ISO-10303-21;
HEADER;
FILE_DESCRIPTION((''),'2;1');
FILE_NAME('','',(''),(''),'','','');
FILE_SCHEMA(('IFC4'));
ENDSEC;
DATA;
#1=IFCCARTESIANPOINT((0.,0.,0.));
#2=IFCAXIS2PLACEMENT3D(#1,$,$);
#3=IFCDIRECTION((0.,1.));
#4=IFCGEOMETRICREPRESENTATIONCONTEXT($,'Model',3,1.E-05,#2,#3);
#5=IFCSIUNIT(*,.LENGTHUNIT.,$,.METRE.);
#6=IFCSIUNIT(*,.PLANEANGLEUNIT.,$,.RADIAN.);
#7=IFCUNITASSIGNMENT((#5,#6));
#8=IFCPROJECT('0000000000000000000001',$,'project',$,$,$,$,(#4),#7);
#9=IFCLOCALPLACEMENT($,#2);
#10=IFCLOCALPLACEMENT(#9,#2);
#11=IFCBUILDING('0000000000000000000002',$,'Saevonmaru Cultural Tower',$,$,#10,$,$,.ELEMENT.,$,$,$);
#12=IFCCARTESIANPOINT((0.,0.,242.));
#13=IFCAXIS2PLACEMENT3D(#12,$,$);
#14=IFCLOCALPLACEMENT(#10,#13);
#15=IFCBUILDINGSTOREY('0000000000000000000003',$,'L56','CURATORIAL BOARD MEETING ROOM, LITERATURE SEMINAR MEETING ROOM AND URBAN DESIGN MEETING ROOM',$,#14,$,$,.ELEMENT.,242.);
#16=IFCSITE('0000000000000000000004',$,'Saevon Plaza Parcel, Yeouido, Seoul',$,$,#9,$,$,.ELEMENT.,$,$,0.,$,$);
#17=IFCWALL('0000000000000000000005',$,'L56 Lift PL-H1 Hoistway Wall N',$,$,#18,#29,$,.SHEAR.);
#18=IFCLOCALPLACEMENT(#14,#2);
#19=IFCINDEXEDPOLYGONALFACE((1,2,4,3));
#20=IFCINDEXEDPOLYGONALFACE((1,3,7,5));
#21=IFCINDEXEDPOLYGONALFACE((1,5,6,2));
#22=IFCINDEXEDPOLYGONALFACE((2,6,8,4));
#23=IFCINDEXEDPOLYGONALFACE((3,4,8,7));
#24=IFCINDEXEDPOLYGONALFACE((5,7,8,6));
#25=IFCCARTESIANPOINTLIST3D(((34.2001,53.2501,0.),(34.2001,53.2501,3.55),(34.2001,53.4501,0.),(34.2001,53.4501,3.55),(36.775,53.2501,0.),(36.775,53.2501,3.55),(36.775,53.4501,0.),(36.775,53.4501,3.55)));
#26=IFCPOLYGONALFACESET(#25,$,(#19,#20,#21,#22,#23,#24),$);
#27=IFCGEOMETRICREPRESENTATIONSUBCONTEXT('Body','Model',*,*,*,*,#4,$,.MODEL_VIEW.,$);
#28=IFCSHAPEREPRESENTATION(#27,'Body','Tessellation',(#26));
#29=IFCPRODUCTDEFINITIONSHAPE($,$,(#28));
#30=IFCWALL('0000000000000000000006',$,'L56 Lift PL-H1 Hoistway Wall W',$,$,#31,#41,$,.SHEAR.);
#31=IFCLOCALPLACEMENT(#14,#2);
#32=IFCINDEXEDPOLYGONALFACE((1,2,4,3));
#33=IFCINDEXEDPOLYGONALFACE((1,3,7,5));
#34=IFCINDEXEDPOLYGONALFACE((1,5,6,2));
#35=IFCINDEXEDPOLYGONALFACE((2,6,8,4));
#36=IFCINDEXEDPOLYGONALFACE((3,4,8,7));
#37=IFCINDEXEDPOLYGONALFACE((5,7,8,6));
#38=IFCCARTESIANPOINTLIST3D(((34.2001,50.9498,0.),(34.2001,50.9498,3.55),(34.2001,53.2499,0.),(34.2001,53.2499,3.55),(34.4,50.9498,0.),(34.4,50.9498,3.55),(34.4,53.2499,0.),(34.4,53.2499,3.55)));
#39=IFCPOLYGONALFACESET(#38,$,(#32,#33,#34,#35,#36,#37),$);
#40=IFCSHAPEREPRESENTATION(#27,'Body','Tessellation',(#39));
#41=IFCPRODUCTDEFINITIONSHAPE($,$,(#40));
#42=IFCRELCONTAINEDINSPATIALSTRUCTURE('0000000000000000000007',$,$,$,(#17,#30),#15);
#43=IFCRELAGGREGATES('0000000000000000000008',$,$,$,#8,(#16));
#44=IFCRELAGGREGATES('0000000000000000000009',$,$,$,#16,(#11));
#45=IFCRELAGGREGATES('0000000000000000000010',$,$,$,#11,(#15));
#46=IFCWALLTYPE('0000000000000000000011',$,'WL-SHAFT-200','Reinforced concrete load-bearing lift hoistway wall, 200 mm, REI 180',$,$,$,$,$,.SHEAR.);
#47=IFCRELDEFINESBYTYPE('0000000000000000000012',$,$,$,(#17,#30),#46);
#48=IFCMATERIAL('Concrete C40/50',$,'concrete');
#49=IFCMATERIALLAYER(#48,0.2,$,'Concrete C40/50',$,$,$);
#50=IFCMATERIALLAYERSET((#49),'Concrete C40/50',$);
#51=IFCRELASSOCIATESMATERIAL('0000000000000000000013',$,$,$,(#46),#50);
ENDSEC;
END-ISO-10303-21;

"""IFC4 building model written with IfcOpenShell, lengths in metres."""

from ifc_helpers import new_model, si_unit, direction, frame, frame_2d, origin, place, context, subcontext, project, spatial, rectangle, extrude, material, layer, layer_set, type_object, element, save


model = new_model("IFC4")

# Units and contexts
model_context = context("Model", 3, precision=1e-05, world=origin(), true_north=direction((0.0, 1.0)))
body_context = subcontext(model_context, "Body", "Model", "MODEL_VIEW")
ifc_project = project(units=[si_unit("LENGTHUNIT", "METRE"), si_unit("PLANEANGLEUNIT", "RADIAN")], contexts=[model_context])

# Site, building, storey
site_placement = place(None, origin())
site = spatial("IfcSite", under=ifc_project, at=site_placement, Name="Saevon Plaza Parcel, Yeouido, Seoul", CompositionType="ELEMENT", RefElevation=0.0)
building_placement = place(site_placement, origin())
building = spatial("IfcBuilding", under=site, at=building_placement, Name="Saevonmaru Cultural Tower", CompositionType="ELEMENT")
storey_placement = place(building_placement, frame((0.0, 0.0, 242.0)))
storey = spatial("IfcBuildingStorey", under=building, at=storey_placement, Name="L56", Description="CURATORIAL BOARD MEETING ROOM, LITERATURE SEMINAR MEETING ROOM AND URBAN DESIGN MEETING ROOM", CompositionType="ELEMENT", Elevation=242.0)

# Shared definitions
ifc_material_1 = material(Name="Concrete C40/50", Category="concrete")
ifc_layer_1 = layer(ifc_material_1, 0.2, Name="Concrete C40/50")
ifc_layer_set_1 = layer_set([ifc_layer_1], Name="Concrete C40/50")
wall_type_1 = type_object("IfcWallType", Name="WL-SHAFT-200", Description="Reinforced concrete load-bearing lift hoistway wall, 200 mm, REI 180", PredefinedType="SHEAR", material=ifc_layer_set_1)

# Walls
wall_1_placement = place(storey_placement, frame((34.2, 53.3501, 0.0), z_axis=(0.0, 0.0, 1.0), x_axis=(1.0, 0.0, 0.0)))
element("IfcWall", 1, at=wall_1_placement, inside=storey, type_object=wall_type_1, Name="L56 Lift PL-H1 Hoistway Wall N", PredefinedType="SHEAR", context=body_context, shape_type="SweptSolid", body=[
    extrude(rectangle(XDim=2.575, YDim=0.2, at=frame_2d((1.2876, 0.0))), origin(), (0.0, 0.0, 1.0), 3.55),
])
wall_2_placement = place(storey_placement, frame((34.3, 50.95, 0.0), z_axis=(0.0, 0.0, 1.0), x_axis=(0.0, 1.0, 0.0)))
element("IfcWall", 2, at=wall_2_placement, inside=storey, type_object=wall_type_1, Name="L56 Lift PL-H1 Hoistway Wall W", PredefinedType="SHEAR", context=body_context, shape_type="SweptSolid", body=[
    extrude(rectangle(XDim=2.3, YDim=0.2, at=frame_2d((1.1499, 0.0))), origin(), (0.0, 0.0, 1.0), 3.55),
])

save(model, "model.ifc")
